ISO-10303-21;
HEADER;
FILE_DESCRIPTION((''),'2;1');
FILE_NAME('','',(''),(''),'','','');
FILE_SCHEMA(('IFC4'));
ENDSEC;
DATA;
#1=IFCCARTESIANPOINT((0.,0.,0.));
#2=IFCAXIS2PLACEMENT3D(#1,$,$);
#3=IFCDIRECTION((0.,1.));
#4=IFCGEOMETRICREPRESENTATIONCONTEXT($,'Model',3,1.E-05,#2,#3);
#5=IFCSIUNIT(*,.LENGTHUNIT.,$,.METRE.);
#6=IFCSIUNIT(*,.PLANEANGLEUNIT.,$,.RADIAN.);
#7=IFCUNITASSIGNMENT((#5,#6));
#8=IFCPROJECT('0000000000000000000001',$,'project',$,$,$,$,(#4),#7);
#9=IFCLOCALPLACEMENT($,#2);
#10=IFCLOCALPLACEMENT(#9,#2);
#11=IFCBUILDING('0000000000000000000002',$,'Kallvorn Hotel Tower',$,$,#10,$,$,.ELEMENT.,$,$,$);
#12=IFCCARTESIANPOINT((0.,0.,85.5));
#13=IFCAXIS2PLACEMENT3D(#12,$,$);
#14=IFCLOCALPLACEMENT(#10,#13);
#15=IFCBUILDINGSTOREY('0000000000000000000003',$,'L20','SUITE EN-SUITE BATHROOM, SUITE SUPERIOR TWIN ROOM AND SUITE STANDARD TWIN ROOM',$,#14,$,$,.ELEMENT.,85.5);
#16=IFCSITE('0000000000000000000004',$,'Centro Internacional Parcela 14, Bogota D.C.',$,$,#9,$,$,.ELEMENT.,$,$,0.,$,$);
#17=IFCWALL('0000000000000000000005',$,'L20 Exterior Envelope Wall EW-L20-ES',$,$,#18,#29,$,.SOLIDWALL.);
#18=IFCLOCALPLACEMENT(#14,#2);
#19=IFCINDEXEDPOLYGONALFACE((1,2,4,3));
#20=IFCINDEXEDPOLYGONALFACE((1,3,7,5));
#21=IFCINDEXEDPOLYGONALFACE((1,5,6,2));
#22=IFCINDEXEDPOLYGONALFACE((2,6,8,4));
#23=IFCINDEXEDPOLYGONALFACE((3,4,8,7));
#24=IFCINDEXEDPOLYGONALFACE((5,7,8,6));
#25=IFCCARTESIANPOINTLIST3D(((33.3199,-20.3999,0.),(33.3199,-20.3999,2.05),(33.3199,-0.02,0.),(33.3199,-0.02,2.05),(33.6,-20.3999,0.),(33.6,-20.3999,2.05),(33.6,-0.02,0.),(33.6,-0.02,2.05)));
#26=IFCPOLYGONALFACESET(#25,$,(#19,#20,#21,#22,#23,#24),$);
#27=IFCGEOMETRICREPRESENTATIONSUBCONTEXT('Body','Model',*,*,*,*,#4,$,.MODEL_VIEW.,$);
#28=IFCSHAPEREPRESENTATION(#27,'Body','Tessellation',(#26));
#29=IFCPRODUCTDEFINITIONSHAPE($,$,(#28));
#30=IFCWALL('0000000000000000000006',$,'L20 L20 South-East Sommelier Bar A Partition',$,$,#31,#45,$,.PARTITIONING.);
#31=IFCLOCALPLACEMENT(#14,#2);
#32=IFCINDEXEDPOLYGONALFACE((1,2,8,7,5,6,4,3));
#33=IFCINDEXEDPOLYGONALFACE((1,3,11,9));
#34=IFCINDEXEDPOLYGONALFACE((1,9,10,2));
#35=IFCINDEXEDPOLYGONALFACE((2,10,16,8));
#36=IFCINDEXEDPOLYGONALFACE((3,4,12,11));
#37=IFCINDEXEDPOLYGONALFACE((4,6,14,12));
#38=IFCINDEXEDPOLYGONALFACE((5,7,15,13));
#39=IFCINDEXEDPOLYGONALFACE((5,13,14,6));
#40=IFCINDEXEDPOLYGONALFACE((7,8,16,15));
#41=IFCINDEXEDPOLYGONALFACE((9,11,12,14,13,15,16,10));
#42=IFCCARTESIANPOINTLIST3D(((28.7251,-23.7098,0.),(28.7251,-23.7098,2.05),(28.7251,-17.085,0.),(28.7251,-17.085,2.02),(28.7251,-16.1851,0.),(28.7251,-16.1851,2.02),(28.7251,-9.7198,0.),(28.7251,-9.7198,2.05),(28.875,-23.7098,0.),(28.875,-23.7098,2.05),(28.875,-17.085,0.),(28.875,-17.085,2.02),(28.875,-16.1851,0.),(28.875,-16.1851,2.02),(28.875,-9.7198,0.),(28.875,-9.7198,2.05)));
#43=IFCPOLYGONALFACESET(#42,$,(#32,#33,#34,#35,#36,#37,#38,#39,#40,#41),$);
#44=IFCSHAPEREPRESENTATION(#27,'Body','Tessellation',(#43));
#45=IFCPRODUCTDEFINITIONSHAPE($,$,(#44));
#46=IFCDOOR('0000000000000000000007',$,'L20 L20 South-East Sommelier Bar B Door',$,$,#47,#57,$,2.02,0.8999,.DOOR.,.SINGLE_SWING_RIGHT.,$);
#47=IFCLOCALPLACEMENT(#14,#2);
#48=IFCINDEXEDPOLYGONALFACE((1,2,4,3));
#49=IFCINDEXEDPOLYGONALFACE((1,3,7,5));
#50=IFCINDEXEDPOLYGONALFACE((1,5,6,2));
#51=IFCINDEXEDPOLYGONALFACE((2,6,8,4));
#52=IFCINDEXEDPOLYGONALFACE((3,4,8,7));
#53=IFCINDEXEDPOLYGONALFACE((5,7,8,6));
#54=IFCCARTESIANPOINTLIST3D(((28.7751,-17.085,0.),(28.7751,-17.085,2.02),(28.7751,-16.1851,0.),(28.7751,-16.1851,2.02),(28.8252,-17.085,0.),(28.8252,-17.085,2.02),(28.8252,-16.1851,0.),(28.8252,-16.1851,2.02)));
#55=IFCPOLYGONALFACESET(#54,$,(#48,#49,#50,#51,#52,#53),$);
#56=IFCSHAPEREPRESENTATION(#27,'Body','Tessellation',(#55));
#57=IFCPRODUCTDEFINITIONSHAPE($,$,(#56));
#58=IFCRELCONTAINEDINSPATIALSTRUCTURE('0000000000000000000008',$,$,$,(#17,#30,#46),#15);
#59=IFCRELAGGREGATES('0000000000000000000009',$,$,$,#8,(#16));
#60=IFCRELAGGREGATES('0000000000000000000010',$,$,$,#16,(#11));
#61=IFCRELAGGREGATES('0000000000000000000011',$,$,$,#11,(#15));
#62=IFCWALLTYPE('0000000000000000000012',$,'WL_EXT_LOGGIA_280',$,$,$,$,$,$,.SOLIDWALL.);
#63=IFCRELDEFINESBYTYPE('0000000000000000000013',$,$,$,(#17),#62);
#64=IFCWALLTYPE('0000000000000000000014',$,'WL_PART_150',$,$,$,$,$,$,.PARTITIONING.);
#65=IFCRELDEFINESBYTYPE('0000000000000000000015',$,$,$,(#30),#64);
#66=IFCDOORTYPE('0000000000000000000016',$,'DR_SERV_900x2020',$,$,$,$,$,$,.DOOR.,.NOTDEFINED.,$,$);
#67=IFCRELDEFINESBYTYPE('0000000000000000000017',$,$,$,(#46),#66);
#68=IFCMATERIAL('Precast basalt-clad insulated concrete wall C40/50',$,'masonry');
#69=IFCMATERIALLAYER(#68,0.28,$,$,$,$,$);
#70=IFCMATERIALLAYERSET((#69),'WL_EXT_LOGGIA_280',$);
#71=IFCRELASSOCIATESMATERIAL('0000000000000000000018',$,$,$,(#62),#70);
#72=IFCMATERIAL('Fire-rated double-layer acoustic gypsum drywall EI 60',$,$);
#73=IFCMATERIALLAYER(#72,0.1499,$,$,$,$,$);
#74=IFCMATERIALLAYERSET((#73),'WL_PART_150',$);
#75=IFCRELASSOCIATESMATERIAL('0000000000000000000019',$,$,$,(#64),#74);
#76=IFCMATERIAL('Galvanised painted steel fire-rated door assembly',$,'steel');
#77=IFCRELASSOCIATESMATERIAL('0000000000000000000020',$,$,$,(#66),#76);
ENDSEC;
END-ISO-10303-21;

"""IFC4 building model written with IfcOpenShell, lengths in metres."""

from ifc_helpers import new_model, si_unit, direction, frame, frame_2d, origin, place, context, subcontext, project, spatial, rectangle, extrude, material, layer, layer_set, type_object, element, fill, save


model = new_model("IFC4")

# Units and contexts
model_context = context("Model", 3, precision=1e-05, world=origin(), true_north=direction((0.0, 1.0)))
body_context = subcontext(model_context, "Body", "Model", "MODEL_VIEW")
ifc_project = project(units=[si_unit("LENGTHUNIT", "METRE"), si_unit("PLANEANGLEUNIT", "RADIAN")], contexts=[model_context])

# Site, building, storey
site_placement = place(None, origin())
site = spatial("IfcSite", under=ifc_project, at=site_placement, Name="Centro Internacional Parcela 14, Bogota D.C.", CompositionType="ELEMENT", RefElevation=0.0)
building_placement = place(site_placement, origin())
building = spatial("IfcBuilding", under=site, at=building_placement, Name="Kallvorn Hotel Tower", CompositionType="ELEMENT")
storey_placement = place(building_placement, frame((0.0, 0.0, 85.5)))
storey = spatial("IfcBuildingStorey", under=building, at=storey_placement, Name="L20", Description="SUITE EN-SUITE BATHROOM, SUITE SUPERIOR TWIN ROOM AND SUITE STANDARD TWIN ROOM", CompositionType="ELEMENT", Elevation=85.5)

# Wall
ifc_material_1 = material(Name="Precast basalt-clad insulated concrete wall C40/50", Category="masonry")
ifc_layer_1 = layer(ifc_material_1, 0.28)
ifc_layer_set_1 = layer_set([ifc_layer_1], Name="WL_EXT_LOGGIA_280")
wall_type_1 = type_object("IfcWallType", Name="WL_EXT_LOGGIA_280", PredefinedType="SOLIDWALL", material=ifc_layer_set_1)
wall_1_placement = place(storey_placement, frame((33.46, -20.3999, 0.0), z_axis=(0.0, 0.0, 1.0), x_axis=(0.0, 1.0, 0.0)))
element("IfcWall", 1, at=wall_1_placement, inside=storey, type_object=wall_type_1, Name="L20 Exterior Envelope Wall EW-L20-ES", PredefinedType="SOLIDWALL", context=body_context, shape_type="SweptSolid", body=[
    extrude(rectangle(XDim=20.3799, YDim=0.28, at=frame_2d((10.1899, 0.0))), origin(), (0.0, 0.0, 1.0), 2.05),
])

# Wall, opening, door
ifc_material_2 = material(Name="Fire-rated double-layer acoustic gypsum drywall EI 60")
ifc_layer_2 = layer(ifc_material_2, 0.1499)
ifc_layer_set_2 = layer_set([ifc_layer_2], Name="WL_PART_150")
wall_type_2 = type_object("IfcWallType", Name="WL_PART_150", PredefinedType="PARTITIONING", material=ifc_layer_set_2)
wall_2_placement = place(storey_placement, frame((28.8, -23.71, 0.0), z_axis=(0.0, 0.0, 1.0), x_axis=(0.0, 1.0, 0.0)))
wall_2 = element("IfcWall", 2, at=wall_2_placement, inside=storey, type_object=wall_type_2, Name="L20 L20 South-East Sommelier Bar A Partition", PredefinedType="PARTITIONING", context=body_context, shape_type="SweptSolid", body=[
    extrude(rectangle(XDim=13.99, YDim=0.1499, at=frame_2d((6.9951, 0.0))), origin(), (0.0, 0.0, 1.0), 2.05),
])
opening_placement = place(wall_2_placement, frame((6.625, 0.0, 0.0)))
opening = element("IfcOpeningElement", 3, at=opening_placement, cuts=wall_2, PredefinedType="OPENING", context=body_context, shape_type="SweptSolid", body=[
    extrude(rectangle(XDim=0.8999, YDim=2.02, at=frame_2d((0.45, 1.01))), frame((0.0, 0.0898, 0.0), z_axis=(0.0, -1.0, 0.0), x_axis=(1.0, 0.0, 0.0)), (0.0, 0.0, 1.0), 0.1799),
])
ifc_material_3 = material(Name="Galvanised painted steel fire-rated door assembly", Category="steel")
door_type = type_object("IfcDoorType", Name="DR_SERV_900x2020", OperationType="NOTDEFINED", PredefinedType="DOOR", material=ifc_material_3)
door_placement = place(opening_placement, origin())
door = element("IfcDoor", 4, at=door_placement, inside=storey, type_object=door_type, Name="L20 L20 South-East Sommelier Bar B Door", OperationType="SINGLE_SWING_RIGHT", OverallHeight=2.02, OverallWidth=0.8999, PredefinedType="DOOR", context=body_context, shape_type="SweptSolid", body=[
    extrude(rectangle(XDim=0.8999, YDim=2.02, at=frame_2d((0.45, 1.01))), frame((0.0, 0.0249, 0.0), z_axis=(0.0, -1.0, 0.0), x_axis=(1.0, 0.0, 0.0)), (0.0, 0.0, 1.0), 0.05),
])
fill(opening, door)

save(model, "model.ifc")
